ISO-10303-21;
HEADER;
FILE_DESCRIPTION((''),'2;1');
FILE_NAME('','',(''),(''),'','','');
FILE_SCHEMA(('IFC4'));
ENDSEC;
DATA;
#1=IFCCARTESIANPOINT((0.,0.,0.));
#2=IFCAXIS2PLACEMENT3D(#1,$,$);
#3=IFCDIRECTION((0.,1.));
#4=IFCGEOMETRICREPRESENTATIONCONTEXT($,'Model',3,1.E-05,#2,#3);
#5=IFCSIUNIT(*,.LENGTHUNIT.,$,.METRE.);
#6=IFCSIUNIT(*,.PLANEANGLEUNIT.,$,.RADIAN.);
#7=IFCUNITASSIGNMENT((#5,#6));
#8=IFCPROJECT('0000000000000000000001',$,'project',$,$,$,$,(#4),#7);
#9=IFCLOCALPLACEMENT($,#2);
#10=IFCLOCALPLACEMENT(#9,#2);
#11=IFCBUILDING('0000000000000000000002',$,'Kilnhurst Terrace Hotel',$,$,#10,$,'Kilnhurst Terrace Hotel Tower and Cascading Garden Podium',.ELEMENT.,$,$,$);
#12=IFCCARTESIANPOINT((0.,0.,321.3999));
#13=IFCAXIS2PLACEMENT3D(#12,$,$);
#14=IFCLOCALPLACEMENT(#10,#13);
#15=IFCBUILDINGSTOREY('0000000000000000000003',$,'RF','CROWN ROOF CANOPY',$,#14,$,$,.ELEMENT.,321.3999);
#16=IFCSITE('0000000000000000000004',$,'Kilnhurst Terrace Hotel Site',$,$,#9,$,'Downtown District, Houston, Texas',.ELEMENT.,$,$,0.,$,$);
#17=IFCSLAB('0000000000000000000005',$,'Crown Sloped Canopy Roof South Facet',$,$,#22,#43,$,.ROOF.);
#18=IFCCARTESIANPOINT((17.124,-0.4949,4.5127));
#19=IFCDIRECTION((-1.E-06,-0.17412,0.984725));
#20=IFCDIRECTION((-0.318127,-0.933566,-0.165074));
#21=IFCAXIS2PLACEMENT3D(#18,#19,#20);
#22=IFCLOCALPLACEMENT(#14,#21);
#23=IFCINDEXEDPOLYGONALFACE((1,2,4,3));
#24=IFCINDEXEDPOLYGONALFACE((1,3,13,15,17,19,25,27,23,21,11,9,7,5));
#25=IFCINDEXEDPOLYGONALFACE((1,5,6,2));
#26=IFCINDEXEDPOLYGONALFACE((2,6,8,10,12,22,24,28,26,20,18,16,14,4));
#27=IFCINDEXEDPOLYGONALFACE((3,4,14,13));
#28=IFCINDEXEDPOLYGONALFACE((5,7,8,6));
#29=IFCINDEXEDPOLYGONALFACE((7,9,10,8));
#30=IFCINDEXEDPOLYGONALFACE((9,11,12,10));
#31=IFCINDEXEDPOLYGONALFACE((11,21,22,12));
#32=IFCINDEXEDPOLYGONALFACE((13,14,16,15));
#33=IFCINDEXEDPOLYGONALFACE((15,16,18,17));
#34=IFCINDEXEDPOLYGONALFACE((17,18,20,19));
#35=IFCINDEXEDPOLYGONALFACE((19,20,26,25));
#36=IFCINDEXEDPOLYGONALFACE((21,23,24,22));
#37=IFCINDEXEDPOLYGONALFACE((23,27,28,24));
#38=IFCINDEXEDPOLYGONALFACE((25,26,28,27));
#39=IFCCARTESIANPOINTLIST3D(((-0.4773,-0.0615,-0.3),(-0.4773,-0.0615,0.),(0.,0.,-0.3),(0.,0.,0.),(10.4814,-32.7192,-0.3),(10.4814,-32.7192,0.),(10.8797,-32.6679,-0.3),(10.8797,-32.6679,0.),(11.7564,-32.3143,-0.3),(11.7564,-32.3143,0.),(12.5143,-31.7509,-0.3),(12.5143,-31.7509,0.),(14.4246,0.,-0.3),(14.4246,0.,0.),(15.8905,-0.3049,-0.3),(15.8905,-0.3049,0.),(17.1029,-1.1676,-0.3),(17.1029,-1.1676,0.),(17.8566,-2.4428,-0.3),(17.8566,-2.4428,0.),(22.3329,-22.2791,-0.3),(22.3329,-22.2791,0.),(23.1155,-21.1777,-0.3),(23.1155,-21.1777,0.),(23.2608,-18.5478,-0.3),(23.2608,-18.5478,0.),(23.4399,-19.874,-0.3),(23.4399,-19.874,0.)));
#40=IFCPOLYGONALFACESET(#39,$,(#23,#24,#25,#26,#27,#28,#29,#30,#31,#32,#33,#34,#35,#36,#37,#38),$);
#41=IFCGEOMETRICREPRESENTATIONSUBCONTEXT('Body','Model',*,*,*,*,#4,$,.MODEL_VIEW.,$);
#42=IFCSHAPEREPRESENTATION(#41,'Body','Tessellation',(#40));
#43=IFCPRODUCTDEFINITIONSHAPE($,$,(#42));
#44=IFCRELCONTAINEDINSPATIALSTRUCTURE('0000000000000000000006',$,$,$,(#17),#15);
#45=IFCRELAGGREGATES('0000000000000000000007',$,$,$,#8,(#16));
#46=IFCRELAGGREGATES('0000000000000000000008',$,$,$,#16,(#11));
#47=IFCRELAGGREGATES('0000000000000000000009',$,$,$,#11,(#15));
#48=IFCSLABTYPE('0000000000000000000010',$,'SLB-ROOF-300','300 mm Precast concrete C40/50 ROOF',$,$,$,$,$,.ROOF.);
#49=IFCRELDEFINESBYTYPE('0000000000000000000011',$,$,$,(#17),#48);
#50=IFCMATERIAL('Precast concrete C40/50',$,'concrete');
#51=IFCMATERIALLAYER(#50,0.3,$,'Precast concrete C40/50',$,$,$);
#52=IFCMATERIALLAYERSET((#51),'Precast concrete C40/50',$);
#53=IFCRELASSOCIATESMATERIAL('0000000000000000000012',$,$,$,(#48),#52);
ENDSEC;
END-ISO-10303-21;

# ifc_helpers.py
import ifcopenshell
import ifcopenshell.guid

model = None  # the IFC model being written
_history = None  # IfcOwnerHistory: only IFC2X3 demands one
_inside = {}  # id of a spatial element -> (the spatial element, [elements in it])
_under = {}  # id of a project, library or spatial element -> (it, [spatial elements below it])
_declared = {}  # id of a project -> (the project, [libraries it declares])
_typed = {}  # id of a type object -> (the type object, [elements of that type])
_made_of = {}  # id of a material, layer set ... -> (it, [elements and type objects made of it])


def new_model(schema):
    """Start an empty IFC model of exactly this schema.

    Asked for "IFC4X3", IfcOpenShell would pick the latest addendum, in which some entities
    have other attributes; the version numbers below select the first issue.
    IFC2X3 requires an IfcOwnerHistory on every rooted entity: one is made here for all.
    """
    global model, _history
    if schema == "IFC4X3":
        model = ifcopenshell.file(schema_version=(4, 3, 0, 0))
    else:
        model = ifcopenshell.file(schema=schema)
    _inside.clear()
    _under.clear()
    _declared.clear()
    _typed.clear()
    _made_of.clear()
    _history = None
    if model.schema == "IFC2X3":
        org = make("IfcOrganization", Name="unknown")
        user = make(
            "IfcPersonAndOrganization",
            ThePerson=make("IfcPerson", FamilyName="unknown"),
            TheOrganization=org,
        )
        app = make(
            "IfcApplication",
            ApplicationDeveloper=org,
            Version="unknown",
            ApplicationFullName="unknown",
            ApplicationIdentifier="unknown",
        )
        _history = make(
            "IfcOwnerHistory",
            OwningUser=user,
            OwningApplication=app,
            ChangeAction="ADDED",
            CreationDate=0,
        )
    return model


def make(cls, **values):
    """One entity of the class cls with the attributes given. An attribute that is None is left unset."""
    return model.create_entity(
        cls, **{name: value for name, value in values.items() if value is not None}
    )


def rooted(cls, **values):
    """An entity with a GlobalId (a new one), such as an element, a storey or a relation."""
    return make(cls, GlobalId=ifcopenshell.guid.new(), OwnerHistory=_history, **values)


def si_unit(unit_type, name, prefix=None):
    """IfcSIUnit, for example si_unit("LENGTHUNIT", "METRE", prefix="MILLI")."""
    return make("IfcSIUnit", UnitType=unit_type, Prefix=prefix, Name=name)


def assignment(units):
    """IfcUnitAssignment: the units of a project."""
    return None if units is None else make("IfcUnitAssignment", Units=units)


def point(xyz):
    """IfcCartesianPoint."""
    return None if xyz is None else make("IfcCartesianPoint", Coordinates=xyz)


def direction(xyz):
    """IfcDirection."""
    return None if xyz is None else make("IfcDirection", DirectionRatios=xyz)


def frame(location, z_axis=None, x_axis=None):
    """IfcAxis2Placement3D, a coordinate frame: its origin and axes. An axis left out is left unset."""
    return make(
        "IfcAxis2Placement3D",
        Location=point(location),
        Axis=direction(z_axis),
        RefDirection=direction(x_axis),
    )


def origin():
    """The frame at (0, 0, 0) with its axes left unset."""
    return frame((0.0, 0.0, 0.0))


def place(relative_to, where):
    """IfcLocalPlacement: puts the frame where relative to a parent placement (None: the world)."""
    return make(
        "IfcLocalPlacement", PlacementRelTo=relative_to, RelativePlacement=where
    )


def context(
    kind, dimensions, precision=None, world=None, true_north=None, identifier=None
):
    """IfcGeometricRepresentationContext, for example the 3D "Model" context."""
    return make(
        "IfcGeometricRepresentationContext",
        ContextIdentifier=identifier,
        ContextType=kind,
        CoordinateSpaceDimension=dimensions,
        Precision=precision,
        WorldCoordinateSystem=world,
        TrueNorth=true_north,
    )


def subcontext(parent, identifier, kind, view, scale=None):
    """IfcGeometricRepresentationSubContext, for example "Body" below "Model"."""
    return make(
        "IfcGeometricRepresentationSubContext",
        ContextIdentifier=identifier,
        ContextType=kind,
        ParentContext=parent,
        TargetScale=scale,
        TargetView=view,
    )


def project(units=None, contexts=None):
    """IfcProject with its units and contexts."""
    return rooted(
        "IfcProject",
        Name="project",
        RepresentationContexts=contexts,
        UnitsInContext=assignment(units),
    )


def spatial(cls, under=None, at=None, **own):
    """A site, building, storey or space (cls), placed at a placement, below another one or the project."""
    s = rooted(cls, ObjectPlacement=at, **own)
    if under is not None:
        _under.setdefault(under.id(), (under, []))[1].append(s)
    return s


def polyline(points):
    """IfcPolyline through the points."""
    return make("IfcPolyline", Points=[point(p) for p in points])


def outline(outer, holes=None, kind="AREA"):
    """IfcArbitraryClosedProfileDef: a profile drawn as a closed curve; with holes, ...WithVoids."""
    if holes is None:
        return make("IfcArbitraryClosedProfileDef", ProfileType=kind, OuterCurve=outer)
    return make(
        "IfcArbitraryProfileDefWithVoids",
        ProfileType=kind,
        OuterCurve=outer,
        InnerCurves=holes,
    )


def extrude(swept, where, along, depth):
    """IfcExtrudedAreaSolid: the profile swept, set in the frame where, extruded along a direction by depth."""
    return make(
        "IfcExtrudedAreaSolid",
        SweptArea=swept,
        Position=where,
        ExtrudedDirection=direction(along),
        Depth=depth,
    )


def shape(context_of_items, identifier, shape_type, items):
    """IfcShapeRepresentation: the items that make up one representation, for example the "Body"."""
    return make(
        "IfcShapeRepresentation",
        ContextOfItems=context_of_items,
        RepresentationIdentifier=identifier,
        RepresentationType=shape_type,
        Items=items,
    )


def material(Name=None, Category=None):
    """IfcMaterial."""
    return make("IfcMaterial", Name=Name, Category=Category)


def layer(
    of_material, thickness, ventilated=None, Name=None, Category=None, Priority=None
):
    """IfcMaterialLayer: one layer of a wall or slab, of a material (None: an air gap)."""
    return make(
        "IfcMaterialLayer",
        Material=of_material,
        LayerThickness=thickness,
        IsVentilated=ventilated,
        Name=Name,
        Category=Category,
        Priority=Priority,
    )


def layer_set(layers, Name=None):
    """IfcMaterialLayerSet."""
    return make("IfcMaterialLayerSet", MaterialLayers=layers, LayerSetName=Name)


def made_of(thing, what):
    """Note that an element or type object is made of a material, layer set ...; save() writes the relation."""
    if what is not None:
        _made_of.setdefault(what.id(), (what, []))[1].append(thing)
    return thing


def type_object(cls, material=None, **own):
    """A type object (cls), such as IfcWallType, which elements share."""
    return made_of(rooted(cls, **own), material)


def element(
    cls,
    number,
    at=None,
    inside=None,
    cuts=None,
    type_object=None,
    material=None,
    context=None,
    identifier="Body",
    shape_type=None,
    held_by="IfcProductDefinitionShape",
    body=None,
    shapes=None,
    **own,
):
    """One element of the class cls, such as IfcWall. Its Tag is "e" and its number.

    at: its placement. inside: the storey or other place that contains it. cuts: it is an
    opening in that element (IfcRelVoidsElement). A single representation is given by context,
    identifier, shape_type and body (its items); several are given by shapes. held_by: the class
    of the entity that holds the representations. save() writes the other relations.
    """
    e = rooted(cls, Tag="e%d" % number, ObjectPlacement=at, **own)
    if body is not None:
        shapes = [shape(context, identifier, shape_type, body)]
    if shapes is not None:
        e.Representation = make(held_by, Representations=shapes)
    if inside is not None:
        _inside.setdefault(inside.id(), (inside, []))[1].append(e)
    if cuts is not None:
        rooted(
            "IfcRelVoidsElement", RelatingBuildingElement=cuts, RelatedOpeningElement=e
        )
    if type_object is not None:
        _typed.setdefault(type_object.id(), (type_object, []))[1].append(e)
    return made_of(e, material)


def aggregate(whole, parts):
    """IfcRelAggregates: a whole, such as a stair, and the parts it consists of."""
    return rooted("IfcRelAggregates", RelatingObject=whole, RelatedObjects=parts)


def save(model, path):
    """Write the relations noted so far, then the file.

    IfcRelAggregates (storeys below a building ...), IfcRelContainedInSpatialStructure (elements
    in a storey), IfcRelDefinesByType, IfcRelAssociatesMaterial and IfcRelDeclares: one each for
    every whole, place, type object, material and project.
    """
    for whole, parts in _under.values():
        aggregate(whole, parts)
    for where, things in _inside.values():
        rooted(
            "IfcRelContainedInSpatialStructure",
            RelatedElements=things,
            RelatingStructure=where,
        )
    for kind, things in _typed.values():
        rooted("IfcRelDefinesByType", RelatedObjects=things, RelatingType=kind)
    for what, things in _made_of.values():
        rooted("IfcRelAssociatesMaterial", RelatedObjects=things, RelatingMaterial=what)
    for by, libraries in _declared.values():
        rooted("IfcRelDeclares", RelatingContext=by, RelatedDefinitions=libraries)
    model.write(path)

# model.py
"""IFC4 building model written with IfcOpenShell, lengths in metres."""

from ifc_helpers import new_model, si_unit, direction, frame, origin, place, context, subcontext, project, spatial, polyline, outline, extrude, material, layer, layer_set, type_object, element, save


model = new_model("IFC4")

# Units and contexts
model_context = context("Model", 3, precision=1e-05, world=origin(), true_north=direction((0.0, 1.0)))
body_context = subcontext(model_context, "Body", "Model", "MODEL_VIEW")
ifc_project = project(units=[si_unit("LENGTHUNIT", "METRE"), si_unit("PLANEANGLEUNIT", "RADIAN")], contexts=[model_context])

# Site, building, storey
site_placement = place(None, origin())
site = spatial("IfcSite", under=ifc_project, at=site_placement, Name="Kilnhurst Terrace Hotel Site", LongName="Downtown District, Houston, Texas", CompositionType="ELEMENT", RefElevation=0.0)
building_placement = place(site_placement, origin())
building = spatial("IfcBuilding", under=site, at=building_placement, Name="Kilnhurst Terrace Hotel", LongName="Kilnhurst Terrace Hotel Tower and Cascading Garden Podium", CompositionType="ELEMENT")
storey_placement = place(building_placement, frame((0.0, 0.0, 321.3999)))
storey = spatial("IfcBuildingStorey", under=building, at=storey_placement, Name="RF", Description="CROWN ROOF CANOPY", CompositionType="ELEMENT", Elevation=321.3999)

# Slab
ifc_material_1 = material(Name="Precast concrete C40/50", Category="concrete")
ifc_layer_1 = layer(ifc_material_1, 0.3, Name="Precast concrete C40/50")
ifc_layer_set_1 = layer_set([ifc_layer_1], Name="Precast concrete C40/50")
slab_type = type_object("IfcSlabType", Name="SLB-ROOF-300", Description="300 mm Precast concrete C40/50 ROOF", PredefinedType="ROOF", material=ifc_layer_set_1)
slab_1_placement = place(storey_placement, frame((17.124, -0.4949, 4.5127), z_axis=(-0.000001, -0.17412, 0.984725), x_axis=(-0.318127, -0.933566, -0.165074)))
element("IfcSlab", 1, at=slab_1_placement, inside=storey, type_object=slab_type, Name="Crown Sloped Canopy Roof South Facet", PredefinedType="ROOF", context=body_context, shape_type="SweptSolid", body=[
    extrude(outline(polyline([(0.0, 0.0), (14.4246, 0.0), (15.8905, -0.3049), (17.1029, -1.1676), (17.8566, -2.4428), (23.2608, -18.5478), (23.4399, -19.874), (23.1155, -21.1777), (22.3329, -22.2791), (12.5143, -31.7509), (11.7564, -32.3143), (10.8797, -32.6679), (10.4814, -32.7192), (-0.4773, -0.0615), (0.0, 0.0)])), origin(), (0.0, 0.0, -1.0), 0.3),
])

save(model, "model.ifc")
